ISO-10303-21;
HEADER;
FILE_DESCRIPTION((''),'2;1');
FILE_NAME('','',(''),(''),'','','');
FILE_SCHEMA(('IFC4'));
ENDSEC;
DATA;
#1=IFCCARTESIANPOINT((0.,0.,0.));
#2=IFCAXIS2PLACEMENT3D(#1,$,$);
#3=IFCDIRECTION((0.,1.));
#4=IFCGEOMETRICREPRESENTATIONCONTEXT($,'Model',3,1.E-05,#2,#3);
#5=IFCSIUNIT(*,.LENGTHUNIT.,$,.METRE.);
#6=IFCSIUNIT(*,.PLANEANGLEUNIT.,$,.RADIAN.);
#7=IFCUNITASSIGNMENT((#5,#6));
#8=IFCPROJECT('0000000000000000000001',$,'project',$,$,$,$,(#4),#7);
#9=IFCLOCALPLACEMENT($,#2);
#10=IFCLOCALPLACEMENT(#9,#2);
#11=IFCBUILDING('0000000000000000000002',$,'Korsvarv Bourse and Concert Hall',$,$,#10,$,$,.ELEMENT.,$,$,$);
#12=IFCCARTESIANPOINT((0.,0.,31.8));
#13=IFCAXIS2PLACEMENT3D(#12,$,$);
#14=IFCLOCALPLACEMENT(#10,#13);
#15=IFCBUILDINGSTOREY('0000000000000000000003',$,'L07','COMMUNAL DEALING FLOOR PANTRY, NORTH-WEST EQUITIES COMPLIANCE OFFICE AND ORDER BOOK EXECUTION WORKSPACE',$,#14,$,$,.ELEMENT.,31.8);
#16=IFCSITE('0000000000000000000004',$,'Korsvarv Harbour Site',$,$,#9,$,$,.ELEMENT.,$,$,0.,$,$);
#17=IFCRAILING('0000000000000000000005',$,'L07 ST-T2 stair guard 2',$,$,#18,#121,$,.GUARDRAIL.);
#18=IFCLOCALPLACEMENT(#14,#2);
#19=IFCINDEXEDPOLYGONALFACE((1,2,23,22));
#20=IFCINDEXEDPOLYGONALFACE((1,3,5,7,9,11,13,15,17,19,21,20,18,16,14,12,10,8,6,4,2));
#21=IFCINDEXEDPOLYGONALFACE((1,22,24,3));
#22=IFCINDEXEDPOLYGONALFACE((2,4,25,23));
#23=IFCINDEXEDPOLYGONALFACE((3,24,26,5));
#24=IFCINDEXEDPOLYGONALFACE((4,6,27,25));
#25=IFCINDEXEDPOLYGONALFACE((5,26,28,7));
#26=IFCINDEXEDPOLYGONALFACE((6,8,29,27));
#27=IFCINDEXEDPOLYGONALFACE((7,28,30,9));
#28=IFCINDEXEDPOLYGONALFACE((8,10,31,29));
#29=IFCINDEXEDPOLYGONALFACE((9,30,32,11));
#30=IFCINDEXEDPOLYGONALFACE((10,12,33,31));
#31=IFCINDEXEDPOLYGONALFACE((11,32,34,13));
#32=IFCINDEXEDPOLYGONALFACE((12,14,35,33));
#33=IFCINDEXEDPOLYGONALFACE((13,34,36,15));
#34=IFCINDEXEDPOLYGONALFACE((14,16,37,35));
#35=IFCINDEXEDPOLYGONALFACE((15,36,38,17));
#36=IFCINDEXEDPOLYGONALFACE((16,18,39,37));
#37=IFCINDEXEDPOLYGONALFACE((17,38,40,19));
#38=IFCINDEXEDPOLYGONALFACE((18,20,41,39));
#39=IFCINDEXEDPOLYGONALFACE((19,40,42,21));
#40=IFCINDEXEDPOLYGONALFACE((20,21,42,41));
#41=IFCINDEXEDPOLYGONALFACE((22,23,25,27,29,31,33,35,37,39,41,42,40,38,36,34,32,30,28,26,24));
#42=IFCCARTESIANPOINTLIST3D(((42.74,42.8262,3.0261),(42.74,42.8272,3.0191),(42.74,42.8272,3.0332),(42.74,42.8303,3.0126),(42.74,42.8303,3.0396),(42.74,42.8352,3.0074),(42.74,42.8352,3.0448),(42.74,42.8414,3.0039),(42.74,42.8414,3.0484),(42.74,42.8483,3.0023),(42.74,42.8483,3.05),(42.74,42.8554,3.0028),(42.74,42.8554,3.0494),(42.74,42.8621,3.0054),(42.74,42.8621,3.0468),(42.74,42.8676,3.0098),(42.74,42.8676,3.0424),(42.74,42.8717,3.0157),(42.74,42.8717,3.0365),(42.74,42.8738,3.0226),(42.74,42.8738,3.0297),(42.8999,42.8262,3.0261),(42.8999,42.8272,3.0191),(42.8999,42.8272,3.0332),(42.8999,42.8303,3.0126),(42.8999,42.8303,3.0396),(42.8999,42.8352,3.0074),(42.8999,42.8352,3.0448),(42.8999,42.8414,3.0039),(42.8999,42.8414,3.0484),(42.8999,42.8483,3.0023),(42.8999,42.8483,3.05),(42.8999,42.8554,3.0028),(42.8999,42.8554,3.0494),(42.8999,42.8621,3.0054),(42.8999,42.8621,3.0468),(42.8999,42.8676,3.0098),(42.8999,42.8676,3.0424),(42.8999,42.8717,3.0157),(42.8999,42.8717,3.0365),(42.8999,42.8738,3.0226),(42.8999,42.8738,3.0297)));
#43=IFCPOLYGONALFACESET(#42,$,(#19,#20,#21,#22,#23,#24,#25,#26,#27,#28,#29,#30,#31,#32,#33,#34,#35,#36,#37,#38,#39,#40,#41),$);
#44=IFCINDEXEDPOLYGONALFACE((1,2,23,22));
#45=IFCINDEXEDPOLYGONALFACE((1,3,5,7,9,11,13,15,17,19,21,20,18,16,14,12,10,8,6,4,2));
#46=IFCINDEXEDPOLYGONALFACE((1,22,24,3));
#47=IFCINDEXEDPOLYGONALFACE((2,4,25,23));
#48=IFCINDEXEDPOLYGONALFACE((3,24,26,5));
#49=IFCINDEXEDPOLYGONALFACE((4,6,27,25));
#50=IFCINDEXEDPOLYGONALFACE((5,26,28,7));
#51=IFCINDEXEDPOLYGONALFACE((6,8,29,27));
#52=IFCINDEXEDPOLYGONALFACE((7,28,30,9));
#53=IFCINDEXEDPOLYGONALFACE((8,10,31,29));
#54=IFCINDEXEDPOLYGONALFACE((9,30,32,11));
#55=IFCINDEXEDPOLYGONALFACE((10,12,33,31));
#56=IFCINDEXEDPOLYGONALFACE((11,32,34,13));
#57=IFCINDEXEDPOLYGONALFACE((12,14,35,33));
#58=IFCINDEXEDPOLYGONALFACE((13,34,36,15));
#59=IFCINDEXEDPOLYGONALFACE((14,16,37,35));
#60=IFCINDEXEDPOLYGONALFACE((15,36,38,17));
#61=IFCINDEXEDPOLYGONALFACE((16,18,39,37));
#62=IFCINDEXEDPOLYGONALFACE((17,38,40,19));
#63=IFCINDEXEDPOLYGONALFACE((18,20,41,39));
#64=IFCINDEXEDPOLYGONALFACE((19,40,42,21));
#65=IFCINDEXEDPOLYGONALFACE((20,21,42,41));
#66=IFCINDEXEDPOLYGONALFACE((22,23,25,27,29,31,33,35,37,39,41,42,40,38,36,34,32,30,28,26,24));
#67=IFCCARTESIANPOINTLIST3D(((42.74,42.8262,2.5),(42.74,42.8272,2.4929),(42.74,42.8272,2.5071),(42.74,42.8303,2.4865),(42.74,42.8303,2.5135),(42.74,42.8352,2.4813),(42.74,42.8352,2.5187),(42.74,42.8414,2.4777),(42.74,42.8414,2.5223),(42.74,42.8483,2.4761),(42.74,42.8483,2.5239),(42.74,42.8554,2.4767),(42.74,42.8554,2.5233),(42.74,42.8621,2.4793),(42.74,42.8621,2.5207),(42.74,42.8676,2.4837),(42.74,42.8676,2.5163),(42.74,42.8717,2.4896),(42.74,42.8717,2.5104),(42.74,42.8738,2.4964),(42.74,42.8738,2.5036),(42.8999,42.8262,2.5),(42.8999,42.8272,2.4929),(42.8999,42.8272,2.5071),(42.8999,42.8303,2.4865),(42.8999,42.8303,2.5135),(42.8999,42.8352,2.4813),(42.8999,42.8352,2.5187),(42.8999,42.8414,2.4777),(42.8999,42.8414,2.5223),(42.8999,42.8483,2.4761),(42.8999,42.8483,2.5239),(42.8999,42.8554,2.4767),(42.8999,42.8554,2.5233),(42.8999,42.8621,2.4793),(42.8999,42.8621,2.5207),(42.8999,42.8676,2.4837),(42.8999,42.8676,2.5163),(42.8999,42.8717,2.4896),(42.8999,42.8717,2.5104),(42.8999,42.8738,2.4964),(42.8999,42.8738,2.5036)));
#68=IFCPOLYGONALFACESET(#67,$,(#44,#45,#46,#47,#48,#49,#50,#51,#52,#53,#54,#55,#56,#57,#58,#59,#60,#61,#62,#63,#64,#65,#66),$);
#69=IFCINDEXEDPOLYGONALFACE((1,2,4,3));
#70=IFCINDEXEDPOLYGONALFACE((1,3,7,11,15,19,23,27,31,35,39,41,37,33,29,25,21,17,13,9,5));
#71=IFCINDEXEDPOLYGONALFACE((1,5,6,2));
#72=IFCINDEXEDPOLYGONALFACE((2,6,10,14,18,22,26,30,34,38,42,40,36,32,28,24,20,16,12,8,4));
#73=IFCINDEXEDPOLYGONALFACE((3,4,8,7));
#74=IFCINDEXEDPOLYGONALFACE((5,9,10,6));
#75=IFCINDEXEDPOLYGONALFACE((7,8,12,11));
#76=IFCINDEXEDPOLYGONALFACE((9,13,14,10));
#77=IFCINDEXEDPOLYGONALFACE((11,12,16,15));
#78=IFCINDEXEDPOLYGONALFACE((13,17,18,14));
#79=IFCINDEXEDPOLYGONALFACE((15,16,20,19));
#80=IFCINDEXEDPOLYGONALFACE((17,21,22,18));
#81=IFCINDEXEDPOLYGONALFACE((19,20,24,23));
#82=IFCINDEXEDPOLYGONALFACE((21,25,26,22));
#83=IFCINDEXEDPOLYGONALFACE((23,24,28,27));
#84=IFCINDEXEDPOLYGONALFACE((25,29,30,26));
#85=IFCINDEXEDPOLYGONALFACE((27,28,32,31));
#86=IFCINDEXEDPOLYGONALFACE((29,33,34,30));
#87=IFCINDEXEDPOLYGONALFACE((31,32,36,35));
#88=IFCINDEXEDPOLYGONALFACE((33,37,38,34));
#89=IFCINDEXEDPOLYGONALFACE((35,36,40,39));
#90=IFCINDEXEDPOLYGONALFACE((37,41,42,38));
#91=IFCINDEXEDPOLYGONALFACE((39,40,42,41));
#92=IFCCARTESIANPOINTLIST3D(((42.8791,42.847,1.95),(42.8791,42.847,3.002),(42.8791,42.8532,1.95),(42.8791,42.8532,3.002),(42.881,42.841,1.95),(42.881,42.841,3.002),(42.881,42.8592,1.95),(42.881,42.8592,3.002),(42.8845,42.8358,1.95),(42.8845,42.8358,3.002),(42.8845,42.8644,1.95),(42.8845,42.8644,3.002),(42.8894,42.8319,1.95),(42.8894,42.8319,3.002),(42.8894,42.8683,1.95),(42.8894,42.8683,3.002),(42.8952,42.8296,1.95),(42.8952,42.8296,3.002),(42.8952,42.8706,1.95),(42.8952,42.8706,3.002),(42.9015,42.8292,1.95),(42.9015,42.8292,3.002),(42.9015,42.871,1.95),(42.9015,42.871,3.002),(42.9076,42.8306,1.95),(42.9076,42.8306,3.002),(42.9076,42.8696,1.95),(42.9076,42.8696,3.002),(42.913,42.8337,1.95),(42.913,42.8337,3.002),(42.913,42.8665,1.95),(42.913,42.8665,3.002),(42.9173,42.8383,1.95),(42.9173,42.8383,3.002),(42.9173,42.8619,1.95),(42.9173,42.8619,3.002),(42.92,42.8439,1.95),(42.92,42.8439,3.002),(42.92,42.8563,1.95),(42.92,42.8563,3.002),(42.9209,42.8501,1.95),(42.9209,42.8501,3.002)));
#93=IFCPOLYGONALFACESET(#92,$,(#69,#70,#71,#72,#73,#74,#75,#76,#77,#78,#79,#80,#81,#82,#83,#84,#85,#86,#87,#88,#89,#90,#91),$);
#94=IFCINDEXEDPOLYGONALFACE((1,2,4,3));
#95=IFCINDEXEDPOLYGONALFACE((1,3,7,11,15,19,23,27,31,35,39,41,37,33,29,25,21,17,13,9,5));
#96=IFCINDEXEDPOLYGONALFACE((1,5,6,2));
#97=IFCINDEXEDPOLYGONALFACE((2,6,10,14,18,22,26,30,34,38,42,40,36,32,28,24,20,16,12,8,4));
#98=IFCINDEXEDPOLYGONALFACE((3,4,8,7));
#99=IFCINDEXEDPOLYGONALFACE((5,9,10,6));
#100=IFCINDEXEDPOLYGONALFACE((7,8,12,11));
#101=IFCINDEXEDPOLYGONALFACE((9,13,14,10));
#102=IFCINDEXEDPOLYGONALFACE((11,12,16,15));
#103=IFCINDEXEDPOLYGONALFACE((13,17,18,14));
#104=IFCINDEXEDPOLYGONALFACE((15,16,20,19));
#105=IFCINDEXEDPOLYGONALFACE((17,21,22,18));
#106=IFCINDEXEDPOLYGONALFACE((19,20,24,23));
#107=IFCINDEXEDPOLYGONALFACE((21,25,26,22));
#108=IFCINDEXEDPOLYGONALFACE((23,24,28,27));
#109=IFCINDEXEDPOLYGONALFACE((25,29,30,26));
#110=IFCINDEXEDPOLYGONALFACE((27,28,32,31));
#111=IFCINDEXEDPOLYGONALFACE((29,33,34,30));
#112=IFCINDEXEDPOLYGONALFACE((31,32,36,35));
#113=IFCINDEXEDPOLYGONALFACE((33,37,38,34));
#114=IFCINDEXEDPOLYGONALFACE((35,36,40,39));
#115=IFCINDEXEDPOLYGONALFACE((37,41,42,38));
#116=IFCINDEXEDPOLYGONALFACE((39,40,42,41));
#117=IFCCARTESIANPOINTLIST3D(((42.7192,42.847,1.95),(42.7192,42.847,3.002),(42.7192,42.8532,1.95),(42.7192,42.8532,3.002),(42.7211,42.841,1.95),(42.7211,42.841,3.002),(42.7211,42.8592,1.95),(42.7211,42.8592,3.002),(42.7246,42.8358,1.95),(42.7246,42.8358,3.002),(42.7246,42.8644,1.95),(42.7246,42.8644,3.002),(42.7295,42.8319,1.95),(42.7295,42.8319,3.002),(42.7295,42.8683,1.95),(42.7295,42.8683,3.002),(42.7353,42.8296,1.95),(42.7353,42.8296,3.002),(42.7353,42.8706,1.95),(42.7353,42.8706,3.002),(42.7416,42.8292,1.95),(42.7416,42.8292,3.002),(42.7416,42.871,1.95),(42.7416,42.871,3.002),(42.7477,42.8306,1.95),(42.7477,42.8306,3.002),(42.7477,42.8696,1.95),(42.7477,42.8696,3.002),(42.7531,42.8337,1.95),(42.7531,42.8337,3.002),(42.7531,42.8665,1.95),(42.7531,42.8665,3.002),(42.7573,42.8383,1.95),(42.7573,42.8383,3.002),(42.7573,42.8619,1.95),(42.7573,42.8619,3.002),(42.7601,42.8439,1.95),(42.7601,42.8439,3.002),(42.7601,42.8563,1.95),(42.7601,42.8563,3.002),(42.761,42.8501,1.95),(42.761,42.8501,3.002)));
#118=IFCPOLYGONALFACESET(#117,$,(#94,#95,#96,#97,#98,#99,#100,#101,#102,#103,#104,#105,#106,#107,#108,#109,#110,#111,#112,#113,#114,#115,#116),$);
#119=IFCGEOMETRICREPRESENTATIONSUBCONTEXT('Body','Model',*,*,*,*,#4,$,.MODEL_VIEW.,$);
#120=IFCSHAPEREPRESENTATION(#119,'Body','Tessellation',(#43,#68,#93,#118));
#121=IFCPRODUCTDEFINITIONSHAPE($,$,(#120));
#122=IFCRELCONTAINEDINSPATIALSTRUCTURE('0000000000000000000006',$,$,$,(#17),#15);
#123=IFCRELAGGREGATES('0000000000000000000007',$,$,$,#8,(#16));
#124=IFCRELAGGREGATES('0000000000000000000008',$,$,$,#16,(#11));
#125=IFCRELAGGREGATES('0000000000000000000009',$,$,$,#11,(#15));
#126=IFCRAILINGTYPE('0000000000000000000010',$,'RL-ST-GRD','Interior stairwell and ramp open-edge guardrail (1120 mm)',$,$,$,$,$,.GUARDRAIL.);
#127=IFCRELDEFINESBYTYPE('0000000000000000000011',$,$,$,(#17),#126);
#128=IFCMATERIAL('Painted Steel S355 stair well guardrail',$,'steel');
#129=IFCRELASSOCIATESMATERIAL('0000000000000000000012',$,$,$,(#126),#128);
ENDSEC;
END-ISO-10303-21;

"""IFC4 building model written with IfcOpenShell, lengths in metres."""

from ifc_helpers import new_model, si_unit, direction, frame, origin, origin_2d, place, context, subcontext, project, spatial, circle, extrude, material, type_object, element, save


model = new_model("IFC4")

# Units and contexts
model_context = context("Model", 3, precision=1e-05, world=origin(), true_north=direction((0.0, 1.0)))
body_context = subcontext(model_context, "Body", "Model", "MODEL_VIEW")
ifc_project = project(units=[si_unit("LENGTHUNIT", "METRE"), si_unit("PLANEANGLEUNIT", "RADIAN")], contexts=[model_context])

# Site, building, storey
site_placement = place(None, origin())
site = spatial("IfcSite", under=ifc_project, at=site_placement, Name="Korsvarv Harbour Site", CompositionType="ELEMENT", RefElevation=0.0)
building_placement = place(site_placement, origin())
building = spatial("IfcBuilding", under=site, at=building_placement, Name="Korsvarv Bourse and Concert Hall", CompositionType="ELEMENT")
storey_placement = place(building_placement, frame((0.0, 0.0, 31.8)))
storey = spatial("IfcBuildingStorey", under=building, at=storey_placement, Name="L07", Description="COMMUNAL DEALING FLOOR PANTRY, NORTH-WEST EQUITIES COMPLIANCE OFFICE AND ORDER BOOK EXECUTION WORKSPACE", CompositionType="ELEMENT", Elevation=31.8)

# Railing
ifc_material_1 = material(Name="Painted Steel S355 stair well guardrail", Category="steel")
railing_type_1 = type_object("IfcRailingType", Name="RL-ST-GRD", Description="Interior stairwell and ramp open-edge guardrail (1120 mm)", PredefinedType="GUARDRAIL", material=ifc_material_1)
railing_1_placement = place(storey_placement, frame((42.8999, 42.8501, 1.95)))
element("IfcRailing", 1, at=railing_1_placement, inside=storey, type_object=railing_type_1, Name="L07 ST-T2 stair guard 2", PredefinedType="GUARDRAIL", context=body_context, shape_type="SweptSolid", body=[
    extrude(circle(Radius=0.0239, at=origin_2d()), frame((0.0, 0.0, 1.0762), z_axis=(-1.0, 0.0, 0.0), x_axis=(0.0, -1.0, 0.0)), (0.0, 0.0, 1.0), 0.1599),
    extrude(circle(Radius=0.0239, at=origin_2d()), frame((0.0, 0.0, 0.55), z_axis=(-1.0, 0.0, 0.0), x_axis=(0.0, -1.0, 0.0)), (0.0, 0.0, 1.0), 0.1599),
    extrude(circle(Radius=0.021, at=origin_2d()), origin(), (0.0, 0.0, 1.0), 1.052),
    extrude(circle(Radius=0.021, at=origin_2d()), frame((-0.1599, 0.0, 0.0)), (0.0, 0.0, 1.0), 1.052),
])

save(model, "model.ifc")
